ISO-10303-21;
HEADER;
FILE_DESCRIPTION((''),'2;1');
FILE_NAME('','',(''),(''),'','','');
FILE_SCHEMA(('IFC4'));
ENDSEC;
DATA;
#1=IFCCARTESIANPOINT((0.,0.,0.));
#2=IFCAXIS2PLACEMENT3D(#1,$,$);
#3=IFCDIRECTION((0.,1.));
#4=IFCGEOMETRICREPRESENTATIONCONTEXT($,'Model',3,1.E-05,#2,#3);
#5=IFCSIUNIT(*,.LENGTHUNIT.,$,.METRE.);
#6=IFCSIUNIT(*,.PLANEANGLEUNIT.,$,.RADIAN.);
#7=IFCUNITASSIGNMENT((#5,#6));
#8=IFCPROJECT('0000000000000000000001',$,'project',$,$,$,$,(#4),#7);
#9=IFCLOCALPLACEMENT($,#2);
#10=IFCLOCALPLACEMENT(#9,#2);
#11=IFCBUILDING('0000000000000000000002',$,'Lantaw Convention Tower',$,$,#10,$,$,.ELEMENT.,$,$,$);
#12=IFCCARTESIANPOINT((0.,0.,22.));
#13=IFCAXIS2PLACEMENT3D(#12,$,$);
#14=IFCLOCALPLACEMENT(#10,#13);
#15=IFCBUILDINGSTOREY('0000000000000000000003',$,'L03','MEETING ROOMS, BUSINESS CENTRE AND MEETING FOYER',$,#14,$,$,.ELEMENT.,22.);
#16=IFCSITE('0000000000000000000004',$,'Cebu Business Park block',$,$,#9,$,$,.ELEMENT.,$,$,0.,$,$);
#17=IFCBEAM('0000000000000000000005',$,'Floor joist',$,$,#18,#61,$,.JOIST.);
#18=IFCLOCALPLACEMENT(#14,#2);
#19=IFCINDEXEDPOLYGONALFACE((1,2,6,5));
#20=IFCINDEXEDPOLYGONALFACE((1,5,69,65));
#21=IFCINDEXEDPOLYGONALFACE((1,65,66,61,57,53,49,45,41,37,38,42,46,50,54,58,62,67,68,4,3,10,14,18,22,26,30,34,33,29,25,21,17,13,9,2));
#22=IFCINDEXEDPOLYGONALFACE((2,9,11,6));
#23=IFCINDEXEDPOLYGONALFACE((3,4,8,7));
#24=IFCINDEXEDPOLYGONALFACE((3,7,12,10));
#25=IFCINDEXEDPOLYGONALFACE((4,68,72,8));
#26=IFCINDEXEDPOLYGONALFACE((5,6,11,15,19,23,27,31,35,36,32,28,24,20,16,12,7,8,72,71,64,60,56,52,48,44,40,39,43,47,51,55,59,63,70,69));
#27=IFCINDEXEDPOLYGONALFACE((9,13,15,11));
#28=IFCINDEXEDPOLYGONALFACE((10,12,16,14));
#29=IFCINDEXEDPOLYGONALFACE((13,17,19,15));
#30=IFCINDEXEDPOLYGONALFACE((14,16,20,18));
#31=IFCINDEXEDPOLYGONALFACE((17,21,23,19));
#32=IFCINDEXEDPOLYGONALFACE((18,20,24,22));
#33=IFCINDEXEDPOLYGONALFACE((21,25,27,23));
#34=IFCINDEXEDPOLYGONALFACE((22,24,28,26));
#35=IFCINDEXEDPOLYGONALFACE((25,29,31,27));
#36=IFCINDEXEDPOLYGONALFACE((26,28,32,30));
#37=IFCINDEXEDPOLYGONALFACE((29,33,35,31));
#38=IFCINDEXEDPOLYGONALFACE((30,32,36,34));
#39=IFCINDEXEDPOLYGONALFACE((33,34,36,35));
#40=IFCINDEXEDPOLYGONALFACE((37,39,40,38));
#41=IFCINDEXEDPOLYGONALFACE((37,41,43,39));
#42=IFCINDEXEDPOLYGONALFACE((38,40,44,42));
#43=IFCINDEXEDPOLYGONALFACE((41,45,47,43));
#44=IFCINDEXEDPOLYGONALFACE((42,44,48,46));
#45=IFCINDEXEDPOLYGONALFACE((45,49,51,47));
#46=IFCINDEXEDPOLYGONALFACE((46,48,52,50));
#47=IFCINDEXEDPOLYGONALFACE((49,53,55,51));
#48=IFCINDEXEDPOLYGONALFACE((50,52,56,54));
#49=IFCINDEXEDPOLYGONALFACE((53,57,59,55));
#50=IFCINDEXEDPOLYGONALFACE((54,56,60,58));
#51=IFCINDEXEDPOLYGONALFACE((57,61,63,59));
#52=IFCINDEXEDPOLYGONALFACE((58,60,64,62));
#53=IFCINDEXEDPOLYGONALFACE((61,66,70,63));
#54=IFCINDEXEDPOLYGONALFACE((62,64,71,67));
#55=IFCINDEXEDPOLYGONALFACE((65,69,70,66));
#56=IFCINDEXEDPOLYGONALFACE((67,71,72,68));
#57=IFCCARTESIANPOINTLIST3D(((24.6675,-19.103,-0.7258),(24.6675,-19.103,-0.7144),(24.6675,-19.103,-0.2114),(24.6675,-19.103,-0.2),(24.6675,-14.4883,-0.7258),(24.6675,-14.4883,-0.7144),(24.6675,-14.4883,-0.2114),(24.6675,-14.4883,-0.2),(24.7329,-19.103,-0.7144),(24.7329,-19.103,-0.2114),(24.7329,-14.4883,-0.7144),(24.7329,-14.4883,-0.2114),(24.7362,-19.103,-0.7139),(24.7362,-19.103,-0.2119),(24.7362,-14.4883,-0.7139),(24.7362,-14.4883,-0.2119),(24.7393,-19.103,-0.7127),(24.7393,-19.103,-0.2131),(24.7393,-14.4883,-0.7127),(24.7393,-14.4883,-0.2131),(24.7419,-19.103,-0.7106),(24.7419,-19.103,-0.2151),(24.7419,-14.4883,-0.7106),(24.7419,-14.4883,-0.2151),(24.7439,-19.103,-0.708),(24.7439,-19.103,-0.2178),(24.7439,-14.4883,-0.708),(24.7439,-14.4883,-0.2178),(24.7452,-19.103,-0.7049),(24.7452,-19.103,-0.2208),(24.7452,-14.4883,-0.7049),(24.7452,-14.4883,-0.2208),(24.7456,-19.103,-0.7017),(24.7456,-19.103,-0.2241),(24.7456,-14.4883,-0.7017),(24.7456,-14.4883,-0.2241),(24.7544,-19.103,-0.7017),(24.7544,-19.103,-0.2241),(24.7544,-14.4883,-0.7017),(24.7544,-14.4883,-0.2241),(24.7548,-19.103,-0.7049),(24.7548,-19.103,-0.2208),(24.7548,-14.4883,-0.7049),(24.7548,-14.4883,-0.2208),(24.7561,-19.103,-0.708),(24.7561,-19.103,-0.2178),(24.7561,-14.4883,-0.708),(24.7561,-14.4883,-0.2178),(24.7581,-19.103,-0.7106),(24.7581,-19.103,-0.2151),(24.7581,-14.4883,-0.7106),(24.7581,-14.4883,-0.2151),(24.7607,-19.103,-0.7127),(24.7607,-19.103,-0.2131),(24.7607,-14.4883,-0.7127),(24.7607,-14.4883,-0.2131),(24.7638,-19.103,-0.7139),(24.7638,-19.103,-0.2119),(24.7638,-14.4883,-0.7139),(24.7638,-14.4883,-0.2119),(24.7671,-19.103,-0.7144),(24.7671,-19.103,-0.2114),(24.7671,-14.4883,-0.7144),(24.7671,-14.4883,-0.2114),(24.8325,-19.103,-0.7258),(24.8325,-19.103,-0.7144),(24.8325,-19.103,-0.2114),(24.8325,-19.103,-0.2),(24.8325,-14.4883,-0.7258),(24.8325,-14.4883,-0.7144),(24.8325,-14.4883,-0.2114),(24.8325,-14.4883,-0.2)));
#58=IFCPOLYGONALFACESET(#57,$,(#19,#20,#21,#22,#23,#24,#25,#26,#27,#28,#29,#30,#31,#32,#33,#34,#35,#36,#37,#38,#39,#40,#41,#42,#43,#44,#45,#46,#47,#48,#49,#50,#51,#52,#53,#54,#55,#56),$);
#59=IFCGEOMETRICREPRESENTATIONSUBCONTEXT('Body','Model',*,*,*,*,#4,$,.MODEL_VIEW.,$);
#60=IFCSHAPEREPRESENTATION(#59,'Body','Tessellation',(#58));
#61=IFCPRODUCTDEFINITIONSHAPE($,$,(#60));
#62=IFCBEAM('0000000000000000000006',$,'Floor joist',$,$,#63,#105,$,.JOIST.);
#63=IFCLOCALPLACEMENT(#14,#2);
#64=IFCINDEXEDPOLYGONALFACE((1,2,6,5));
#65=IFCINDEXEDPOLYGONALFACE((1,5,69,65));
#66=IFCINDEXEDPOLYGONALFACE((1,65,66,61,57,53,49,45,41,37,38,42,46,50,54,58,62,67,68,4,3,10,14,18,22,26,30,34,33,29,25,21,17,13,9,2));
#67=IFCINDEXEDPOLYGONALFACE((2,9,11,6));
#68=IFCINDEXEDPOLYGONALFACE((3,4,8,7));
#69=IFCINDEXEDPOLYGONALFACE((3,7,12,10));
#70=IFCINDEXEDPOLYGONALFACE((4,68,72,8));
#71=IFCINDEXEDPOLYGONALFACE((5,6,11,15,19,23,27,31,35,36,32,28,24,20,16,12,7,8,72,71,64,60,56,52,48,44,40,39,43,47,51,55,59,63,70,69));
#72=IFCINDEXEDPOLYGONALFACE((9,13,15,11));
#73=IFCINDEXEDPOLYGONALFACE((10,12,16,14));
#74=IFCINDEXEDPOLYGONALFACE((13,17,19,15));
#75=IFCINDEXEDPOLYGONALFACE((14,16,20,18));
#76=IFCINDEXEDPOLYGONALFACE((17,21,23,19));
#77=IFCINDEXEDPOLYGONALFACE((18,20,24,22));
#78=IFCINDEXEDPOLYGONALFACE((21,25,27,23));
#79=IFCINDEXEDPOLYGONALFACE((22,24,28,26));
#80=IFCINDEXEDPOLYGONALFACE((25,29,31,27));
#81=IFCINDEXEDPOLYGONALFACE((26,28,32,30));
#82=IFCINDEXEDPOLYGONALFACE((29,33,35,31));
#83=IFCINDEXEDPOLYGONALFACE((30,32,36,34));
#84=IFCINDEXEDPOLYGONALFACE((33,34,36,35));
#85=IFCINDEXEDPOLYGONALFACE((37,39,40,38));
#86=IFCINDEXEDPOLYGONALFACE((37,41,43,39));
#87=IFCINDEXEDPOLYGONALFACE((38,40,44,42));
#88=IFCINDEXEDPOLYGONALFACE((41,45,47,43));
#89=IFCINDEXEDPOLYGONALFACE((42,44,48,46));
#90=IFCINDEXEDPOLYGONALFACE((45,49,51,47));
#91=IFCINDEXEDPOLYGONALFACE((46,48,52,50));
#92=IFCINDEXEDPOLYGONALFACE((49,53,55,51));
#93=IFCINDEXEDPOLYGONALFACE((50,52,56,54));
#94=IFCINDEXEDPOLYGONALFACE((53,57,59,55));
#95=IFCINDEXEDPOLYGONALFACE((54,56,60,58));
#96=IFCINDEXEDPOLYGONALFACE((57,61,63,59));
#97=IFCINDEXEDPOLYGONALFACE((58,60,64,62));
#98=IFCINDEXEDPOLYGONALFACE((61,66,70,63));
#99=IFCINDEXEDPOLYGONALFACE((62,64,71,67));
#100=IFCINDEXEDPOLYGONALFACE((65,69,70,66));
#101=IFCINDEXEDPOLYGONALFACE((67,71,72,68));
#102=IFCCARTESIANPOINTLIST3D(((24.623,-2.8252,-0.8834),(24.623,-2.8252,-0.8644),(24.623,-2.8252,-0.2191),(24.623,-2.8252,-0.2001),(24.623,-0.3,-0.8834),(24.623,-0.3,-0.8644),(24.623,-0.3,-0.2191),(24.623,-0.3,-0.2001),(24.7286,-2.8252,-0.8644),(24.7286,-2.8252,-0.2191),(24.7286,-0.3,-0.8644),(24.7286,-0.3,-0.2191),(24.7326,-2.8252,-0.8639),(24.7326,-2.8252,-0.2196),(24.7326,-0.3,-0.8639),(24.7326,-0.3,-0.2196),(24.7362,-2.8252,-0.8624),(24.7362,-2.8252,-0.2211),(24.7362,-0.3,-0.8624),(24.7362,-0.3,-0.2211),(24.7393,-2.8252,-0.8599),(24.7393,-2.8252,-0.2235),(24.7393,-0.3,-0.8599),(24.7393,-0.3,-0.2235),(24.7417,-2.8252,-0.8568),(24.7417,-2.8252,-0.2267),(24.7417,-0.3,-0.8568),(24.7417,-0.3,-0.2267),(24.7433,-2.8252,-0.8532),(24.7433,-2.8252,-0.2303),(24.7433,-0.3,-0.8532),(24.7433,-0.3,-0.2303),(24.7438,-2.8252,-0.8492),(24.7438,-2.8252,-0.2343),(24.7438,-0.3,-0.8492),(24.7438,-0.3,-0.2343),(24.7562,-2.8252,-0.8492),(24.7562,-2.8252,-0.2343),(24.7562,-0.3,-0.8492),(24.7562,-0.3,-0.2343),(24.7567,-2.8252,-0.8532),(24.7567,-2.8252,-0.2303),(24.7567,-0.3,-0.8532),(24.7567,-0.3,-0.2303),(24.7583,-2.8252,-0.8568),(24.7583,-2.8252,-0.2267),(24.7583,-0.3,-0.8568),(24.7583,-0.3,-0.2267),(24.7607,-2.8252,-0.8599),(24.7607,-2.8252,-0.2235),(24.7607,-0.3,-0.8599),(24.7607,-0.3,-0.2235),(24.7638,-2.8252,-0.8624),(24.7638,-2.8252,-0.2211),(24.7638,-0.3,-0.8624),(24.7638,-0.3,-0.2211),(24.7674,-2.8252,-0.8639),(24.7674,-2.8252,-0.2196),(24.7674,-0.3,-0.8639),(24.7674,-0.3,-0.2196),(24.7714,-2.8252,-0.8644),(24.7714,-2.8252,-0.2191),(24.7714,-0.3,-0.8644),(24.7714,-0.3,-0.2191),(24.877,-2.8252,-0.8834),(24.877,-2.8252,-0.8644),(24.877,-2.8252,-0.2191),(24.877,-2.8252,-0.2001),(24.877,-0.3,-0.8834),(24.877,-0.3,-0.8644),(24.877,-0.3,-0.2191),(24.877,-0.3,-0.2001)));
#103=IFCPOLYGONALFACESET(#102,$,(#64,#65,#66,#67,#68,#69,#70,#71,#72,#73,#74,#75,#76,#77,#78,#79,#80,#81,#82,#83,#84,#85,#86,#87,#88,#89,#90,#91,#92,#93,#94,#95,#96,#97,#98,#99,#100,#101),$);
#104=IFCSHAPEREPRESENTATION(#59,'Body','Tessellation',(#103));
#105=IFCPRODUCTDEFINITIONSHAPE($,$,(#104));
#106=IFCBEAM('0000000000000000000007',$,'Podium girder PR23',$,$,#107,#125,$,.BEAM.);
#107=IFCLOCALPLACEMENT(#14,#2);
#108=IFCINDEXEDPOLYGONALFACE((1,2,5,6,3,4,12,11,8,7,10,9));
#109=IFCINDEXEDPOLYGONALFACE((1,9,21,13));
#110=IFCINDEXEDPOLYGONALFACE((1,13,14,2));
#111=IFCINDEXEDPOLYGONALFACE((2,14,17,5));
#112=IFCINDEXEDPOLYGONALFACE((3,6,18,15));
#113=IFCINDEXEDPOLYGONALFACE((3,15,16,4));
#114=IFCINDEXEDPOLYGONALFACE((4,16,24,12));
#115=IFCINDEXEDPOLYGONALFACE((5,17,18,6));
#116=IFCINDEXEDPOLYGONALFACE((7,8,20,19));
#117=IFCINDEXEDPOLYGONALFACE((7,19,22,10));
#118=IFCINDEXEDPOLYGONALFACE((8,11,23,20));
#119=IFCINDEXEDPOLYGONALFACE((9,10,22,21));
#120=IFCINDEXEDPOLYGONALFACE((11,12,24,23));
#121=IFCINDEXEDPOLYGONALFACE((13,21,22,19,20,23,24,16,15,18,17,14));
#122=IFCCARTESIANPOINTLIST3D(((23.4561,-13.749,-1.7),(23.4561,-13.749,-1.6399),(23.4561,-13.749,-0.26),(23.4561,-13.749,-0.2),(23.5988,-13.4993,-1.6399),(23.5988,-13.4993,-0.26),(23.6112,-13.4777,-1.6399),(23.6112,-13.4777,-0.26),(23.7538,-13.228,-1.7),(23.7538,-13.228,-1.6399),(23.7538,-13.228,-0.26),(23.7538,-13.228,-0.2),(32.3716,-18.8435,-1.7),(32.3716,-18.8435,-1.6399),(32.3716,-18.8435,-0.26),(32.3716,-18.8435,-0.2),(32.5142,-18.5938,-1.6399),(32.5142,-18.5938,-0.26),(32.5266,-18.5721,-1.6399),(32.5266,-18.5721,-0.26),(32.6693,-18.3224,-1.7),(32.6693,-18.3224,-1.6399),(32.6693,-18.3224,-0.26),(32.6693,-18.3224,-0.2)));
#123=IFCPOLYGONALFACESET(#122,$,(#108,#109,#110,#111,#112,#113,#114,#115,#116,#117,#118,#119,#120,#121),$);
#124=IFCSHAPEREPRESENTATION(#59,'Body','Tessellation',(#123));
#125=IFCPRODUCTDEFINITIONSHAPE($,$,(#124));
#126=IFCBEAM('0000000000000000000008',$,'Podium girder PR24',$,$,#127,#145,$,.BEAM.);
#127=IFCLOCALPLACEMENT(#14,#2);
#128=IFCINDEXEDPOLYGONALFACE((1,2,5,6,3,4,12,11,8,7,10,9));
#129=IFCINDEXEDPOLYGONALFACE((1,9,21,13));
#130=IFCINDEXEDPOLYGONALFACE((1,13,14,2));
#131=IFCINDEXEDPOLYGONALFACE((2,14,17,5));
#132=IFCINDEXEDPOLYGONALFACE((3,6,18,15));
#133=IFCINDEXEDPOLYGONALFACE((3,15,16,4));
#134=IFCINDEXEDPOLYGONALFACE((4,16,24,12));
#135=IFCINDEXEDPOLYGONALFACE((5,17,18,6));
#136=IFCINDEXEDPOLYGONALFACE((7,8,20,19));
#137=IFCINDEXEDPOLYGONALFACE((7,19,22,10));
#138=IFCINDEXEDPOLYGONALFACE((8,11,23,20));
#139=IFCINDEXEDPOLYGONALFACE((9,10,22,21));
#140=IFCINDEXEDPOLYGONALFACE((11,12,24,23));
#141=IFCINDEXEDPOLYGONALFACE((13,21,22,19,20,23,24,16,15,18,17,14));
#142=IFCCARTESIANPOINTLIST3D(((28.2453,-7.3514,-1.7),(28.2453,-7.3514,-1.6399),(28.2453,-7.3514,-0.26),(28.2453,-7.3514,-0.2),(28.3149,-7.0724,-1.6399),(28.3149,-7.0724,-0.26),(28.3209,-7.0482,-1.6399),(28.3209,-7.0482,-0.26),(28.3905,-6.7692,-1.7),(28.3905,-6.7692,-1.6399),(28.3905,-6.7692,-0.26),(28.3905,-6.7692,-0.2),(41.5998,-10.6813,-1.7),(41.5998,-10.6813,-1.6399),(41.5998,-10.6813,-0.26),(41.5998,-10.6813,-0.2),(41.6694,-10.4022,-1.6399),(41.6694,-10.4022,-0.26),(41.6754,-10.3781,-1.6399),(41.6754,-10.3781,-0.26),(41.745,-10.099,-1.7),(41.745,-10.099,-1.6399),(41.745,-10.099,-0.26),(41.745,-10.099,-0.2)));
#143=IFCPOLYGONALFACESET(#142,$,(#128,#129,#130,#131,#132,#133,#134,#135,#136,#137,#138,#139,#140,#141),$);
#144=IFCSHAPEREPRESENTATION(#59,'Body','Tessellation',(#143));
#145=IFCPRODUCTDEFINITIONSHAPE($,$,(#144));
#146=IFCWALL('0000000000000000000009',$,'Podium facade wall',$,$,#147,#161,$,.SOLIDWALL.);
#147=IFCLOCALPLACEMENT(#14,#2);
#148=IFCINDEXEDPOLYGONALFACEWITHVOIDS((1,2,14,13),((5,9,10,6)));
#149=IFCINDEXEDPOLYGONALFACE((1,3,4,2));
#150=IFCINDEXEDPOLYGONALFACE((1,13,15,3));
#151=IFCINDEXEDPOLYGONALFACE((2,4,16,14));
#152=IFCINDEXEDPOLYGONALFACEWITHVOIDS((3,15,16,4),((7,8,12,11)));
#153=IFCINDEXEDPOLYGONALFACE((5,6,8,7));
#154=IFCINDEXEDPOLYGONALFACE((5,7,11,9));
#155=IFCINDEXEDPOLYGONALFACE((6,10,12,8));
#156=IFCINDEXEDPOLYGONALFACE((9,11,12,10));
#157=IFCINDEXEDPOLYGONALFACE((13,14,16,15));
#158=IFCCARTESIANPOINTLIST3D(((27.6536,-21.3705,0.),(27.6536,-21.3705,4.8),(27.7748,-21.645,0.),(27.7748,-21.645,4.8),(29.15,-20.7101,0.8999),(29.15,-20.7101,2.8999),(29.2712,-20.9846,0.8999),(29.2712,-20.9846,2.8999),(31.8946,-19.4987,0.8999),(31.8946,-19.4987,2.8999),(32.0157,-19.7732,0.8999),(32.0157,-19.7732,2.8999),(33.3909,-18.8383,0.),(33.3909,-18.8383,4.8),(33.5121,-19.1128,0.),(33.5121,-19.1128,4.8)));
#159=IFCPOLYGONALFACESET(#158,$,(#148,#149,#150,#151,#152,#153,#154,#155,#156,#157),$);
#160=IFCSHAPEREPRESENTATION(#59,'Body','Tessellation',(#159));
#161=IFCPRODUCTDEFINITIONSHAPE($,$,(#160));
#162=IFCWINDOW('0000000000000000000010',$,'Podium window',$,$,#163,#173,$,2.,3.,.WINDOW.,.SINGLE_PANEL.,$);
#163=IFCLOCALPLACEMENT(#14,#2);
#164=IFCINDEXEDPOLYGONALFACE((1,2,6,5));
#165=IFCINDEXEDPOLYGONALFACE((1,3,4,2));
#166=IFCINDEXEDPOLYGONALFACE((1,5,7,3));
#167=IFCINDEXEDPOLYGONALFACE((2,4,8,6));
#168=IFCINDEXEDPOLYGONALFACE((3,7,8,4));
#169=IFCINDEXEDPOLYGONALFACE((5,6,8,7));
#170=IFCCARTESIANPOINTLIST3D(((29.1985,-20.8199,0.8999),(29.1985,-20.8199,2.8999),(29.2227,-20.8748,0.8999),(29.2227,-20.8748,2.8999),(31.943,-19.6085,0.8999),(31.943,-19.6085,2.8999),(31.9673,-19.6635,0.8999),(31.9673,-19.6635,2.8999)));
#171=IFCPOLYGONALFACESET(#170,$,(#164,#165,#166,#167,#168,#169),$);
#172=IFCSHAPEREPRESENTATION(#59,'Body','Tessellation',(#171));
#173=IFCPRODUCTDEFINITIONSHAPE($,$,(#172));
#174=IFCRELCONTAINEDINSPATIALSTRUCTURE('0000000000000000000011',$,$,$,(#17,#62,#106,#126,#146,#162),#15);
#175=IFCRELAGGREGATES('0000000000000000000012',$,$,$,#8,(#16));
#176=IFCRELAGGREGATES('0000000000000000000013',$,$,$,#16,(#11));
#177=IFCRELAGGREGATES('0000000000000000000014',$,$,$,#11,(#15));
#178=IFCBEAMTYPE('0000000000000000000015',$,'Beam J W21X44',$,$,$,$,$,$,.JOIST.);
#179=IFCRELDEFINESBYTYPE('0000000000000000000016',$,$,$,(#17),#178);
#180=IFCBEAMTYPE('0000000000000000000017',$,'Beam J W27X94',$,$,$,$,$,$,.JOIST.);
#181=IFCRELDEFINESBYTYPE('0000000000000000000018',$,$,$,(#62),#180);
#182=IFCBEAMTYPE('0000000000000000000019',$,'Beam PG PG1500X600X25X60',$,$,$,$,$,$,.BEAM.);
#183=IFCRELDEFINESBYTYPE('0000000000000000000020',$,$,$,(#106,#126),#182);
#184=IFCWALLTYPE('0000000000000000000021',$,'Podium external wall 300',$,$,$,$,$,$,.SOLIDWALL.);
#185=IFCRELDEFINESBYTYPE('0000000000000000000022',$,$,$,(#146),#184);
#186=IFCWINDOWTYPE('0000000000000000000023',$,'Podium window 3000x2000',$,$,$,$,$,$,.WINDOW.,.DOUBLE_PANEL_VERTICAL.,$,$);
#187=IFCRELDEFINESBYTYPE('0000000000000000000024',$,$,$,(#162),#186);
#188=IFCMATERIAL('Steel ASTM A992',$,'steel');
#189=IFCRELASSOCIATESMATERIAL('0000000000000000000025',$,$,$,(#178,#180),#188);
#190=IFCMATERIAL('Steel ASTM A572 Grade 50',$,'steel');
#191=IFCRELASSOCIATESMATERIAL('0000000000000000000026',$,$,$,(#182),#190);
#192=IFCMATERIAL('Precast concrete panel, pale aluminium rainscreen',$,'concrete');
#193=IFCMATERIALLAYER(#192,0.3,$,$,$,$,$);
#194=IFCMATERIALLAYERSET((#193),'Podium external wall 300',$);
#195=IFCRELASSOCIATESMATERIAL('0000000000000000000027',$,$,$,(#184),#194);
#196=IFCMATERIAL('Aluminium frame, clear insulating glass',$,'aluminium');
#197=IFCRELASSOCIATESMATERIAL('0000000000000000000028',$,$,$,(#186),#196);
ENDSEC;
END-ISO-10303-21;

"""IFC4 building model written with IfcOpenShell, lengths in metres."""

from ifc_helpers import new_model, si_unit, direction, frame, frame_2d, origin, origin_2d, place, context, subcontext, project, spatial, rectangle, i_section, extrude, material, layer, layer_set, material_profile, profile_set, type_object, element, fill, save


model = new_model("IFC4")

# Units and contexts
model_context = context("Model", 3, precision=1e-05, world=origin(), true_north=direction((0.0, 1.0)))
body_context = subcontext(model_context, "Body", "Model", "MODEL_VIEW")
ifc_project = project(units=[si_unit("LENGTHUNIT", "METRE"), si_unit("PLANEANGLEUNIT", "RADIAN")], contexts=[model_context])

# Site, building, storey
site_placement = place(None, origin())
site = spatial("IfcSite", under=ifc_project, at=site_placement, Name="Cebu Business Park block", CompositionType="ELEMENT", RefElevation=0.0)
building_placement = place(site_placement, origin())
building = spatial("IfcBuilding", under=site, at=building_placement, Name="Lantaw Convention Tower", CompositionType="ELEMENT")
storey_placement = place(building_placement, frame((0.0, 0.0, 22.0)))
storey = spatial("IfcBuildingStorey", under=building, at=storey_placement, Name="L03", Description="MEETING ROOMS, BUSINESS CENTRE AND MEETING FOYER", CompositionType="ELEMENT", Elevation=22.0)

# Shared definitions
ifc_material_1 = material(Name="Steel ASTM A572 Grade 50", Category="steel")

# Beams
ifc_material_2 = material(Name="Steel ASTM A992", Category="steel")
ifc_material_profile_1 = material_profile(ifc_material_2, i_section(OverallWidth=0.165, OverallDepth=0.5259, WebThickness=0.0088, FlangeThickness=0.0115, FilletRadius=0.0127, at=origin_2d()), Name="W21X44")
ifc_profile_set_1 = profile_set([ifc_material_profile_1], Name="Steel ASTM A992")
beam_type_1 = type_object("IfcBeamType", Name="Beam J W21X44", PredefinedType="JOIST", material=ifc_profile_set_1)
beam_1_placement = place(storey_placement, frame((24.75, -19.103, -0.4629), z_axis=(0.0, 1.0, 0.0), x_axis=(-1.0, 0.0, 0.0)))
element("IfcBeam", 1, at=beam_1_placement, inside=storey, type_object=beam_type_1, Name="Floor joist", PredefinedType="JOIST", context=body_context, shape_type="SweptSolid", body=[
    extrude(i_section(OverallWidth=0.165, OverallDepth=0.5259, WebThickness=0.0088, FlangeThickness=0.0115, FilletRadius=0.0127, at=origin_2d()), origin(), (0.0, 0.0, 1.0), 4.6147),
])
ifc_material_profile_2 = material_profile(ifc_material_2, i_section(OverallWidth=0.2539, OverallDepth=0.6833, WebThickness=0.0125, FlangeThickness=0.019, FilletRadius=0.0151, at=origin_2d()), Name="W27X94")
ifc_profile_set_2 = profile_set([ifc_material_profile_2], Name="Steel ASTM A992")
beam_type_2 = type_object("IfcBeamType", Name="Beam J W27X94", PredefinedType="JOIST", material=ifc_profile_set_2)
beam_2_placement = place(storey_placement, frame((24.75, -2.8252, -0.5417), z_axis=(0.0, 1.0, 0.0), x_axis=(-1.0, 0.0, 0.0)))
element("IfcBeam", 2, at=beam_2_placement, inside=storey, type_object=beam_type_2, Name="Floor joist", PredefinedType="JOIST", context=body_context, shape_type="SweptSolid", body=[
    extrude(i_section(OverallWidth=0.2539, OverallDepth=0.6833, WebThickness=0.0125, FlangeThickness=0.019, FilletRadius=0.0151, at=origin_2d()), origin(), (0.0, 0.0, 1.0), 2.5251),
])
ifc_material_profile_3 = material_profile(ifc_material_1, i_section(OverallWidth=0.6001, OverallDepth=1.5, WebThickness=0.0249, FlangeThickness=0.0601, at=origin_2d()), Name="PG1500X600X25X60")
ifc_profile_set_3 = profile_set([ifc_material_profile_3], Name="Steel ASTM A572 Grade 50")
beam_type_3 = type_object("IfcBeamType", Name="Beam PG PG1500X600X25X60", PredefinedType="BEAM", material=ifc_profile_set_3)
beam_3_placement = place(storey_placement, frame((23.605, -13.4885, -0.95), z_axis=(0.868248, -0.496131, 0.0), x_axis=(0.496131, 0.868248, 0.0)))
element("IfcBeam", 3, at=beam_3_placement, inside=storey, type_object=beam_type_3, Name="Podium girder PR23", PredefinedType="BEAM", context=body_context, shape_type="SweptSolid", body=[
    extrude(i_section(OverallWidth=0.6001, OverallDepth=1.5, WebThickness=0.0249, FlangeThickness=0.0601, at=origin_2d()), origin(), (0.0, 0.0, 1.0), 10.2683),
])
beam_4_placement = place(storey_placement, frame((28.3179, -7.0603, -0.95), z_axis=(0.970293, -0.241935, 0.0), x_axis=(0.241935, 0.970293, 0.0)))
element("IfcBeam", 4, at=beam_4_placement, inside=storey, type_object=beam_type_3, Name="Podium girder PR24", PredefinedType="BEAM", context=body_context, shape_type="SweptSolid", body=[
    extrude(i_section(OverallWidth=0.6001, OverallDepth=1.5, WebThickness=0.0249, FlangeThickness=0.0601, at=origin_2d()), origin(), (0.0, 0.0, 1.0), 13.7634),
])

# Wall, opening, window
ifc_material_3 = material(Name="Precast concrete panel, pale aluminium rainscreen", Category="concrete")
ifc_layer_1 = layer(ifc_material_3, 0.3)
ifc_layer_set_1 = layer_set([ifc_layer_1], Name="Podium external wall 300")
wall_type_1 = type_object("IfcWallType", Name="Podium external wall 300", PredefinedType="SOLIDWALL", material=ifc_layer_set_1)
wall_1_placement = place(storey_placement, frame((27.7141, -21.5078, 0.0), z_axis=(0.0, 0.0, 1.0), x_axis=(0.914855, 0.403782, 0.0)))
wall_1 = element("IfcWall", 5, at=wall_1_placement, inside=storey, type_object=wall_type_1, Name="Podium facade wall", PredefinedType="SOLIDWALL", context=body_context, shape_type="SweptSolid", body=[
    extrude(rectangle(XDim=6.2712, YDim=0.3, at=frame_2d((3.1357, 0.0))), origin(), (0.0, 0.0, 1.0), 4.8),
])
opening_1_placement = place(wall_1_placement, frame((1.6357, 0.0, 0.8999)))
opening_1 = element("IfcOpeningElement", 6, at=opening_1_placement, cuts=wall_1, PredefinedType="OPENING", context=body_context, shape_type="SweptSolid", body=[
    extrude(rectangle(XDim=3.0, YDim=2.0, at=frame_2d((1.5, 1.0))), frame((0.0, 0.1599, 0.0), z_axis=(0.0, -1.0, 0.0), x_axis=(1.0, 0.0, 0.0)), (0.0, 0.0, 1.0), 0.3201),
])
ifc_material_4 = material(Name="Aluminium frame, clear insulating glass", Category="aluminium")
window_type = type_object("IfcWindowType", Name="Podium window 3000x2000", PartitioningType="DOUBLE_PANEL_VERTICAL", PredefinedType="WINDOW", material=ifc_material_4)
window_placement = place(opening_1_placement, origin())
window = element("IfcWindow", 7, at=window_placement, inside=storey, type_object=window_type, Name="Podium window", OverallHeight=2.0, OverallWidth=3.0, PartitioningType="SINGLE_PANEL", PredefinedType="WINDOW", context=body_context, shape_type="SweptSolid", body=[
    extrude(rectangle(XDim=3.0, YDim=2.0, at=frame_2d((1.5, 1.0))), frame((0.0, 0.03, 0.0), z_axis=(0.0, -1.0, 0.0), x_axis=(1.0, 0.0, 0.0)), (0.0, 0.0, 1.0), 0.0601),
])
fill(opening_1, window)

save(model, "model.ifc")
